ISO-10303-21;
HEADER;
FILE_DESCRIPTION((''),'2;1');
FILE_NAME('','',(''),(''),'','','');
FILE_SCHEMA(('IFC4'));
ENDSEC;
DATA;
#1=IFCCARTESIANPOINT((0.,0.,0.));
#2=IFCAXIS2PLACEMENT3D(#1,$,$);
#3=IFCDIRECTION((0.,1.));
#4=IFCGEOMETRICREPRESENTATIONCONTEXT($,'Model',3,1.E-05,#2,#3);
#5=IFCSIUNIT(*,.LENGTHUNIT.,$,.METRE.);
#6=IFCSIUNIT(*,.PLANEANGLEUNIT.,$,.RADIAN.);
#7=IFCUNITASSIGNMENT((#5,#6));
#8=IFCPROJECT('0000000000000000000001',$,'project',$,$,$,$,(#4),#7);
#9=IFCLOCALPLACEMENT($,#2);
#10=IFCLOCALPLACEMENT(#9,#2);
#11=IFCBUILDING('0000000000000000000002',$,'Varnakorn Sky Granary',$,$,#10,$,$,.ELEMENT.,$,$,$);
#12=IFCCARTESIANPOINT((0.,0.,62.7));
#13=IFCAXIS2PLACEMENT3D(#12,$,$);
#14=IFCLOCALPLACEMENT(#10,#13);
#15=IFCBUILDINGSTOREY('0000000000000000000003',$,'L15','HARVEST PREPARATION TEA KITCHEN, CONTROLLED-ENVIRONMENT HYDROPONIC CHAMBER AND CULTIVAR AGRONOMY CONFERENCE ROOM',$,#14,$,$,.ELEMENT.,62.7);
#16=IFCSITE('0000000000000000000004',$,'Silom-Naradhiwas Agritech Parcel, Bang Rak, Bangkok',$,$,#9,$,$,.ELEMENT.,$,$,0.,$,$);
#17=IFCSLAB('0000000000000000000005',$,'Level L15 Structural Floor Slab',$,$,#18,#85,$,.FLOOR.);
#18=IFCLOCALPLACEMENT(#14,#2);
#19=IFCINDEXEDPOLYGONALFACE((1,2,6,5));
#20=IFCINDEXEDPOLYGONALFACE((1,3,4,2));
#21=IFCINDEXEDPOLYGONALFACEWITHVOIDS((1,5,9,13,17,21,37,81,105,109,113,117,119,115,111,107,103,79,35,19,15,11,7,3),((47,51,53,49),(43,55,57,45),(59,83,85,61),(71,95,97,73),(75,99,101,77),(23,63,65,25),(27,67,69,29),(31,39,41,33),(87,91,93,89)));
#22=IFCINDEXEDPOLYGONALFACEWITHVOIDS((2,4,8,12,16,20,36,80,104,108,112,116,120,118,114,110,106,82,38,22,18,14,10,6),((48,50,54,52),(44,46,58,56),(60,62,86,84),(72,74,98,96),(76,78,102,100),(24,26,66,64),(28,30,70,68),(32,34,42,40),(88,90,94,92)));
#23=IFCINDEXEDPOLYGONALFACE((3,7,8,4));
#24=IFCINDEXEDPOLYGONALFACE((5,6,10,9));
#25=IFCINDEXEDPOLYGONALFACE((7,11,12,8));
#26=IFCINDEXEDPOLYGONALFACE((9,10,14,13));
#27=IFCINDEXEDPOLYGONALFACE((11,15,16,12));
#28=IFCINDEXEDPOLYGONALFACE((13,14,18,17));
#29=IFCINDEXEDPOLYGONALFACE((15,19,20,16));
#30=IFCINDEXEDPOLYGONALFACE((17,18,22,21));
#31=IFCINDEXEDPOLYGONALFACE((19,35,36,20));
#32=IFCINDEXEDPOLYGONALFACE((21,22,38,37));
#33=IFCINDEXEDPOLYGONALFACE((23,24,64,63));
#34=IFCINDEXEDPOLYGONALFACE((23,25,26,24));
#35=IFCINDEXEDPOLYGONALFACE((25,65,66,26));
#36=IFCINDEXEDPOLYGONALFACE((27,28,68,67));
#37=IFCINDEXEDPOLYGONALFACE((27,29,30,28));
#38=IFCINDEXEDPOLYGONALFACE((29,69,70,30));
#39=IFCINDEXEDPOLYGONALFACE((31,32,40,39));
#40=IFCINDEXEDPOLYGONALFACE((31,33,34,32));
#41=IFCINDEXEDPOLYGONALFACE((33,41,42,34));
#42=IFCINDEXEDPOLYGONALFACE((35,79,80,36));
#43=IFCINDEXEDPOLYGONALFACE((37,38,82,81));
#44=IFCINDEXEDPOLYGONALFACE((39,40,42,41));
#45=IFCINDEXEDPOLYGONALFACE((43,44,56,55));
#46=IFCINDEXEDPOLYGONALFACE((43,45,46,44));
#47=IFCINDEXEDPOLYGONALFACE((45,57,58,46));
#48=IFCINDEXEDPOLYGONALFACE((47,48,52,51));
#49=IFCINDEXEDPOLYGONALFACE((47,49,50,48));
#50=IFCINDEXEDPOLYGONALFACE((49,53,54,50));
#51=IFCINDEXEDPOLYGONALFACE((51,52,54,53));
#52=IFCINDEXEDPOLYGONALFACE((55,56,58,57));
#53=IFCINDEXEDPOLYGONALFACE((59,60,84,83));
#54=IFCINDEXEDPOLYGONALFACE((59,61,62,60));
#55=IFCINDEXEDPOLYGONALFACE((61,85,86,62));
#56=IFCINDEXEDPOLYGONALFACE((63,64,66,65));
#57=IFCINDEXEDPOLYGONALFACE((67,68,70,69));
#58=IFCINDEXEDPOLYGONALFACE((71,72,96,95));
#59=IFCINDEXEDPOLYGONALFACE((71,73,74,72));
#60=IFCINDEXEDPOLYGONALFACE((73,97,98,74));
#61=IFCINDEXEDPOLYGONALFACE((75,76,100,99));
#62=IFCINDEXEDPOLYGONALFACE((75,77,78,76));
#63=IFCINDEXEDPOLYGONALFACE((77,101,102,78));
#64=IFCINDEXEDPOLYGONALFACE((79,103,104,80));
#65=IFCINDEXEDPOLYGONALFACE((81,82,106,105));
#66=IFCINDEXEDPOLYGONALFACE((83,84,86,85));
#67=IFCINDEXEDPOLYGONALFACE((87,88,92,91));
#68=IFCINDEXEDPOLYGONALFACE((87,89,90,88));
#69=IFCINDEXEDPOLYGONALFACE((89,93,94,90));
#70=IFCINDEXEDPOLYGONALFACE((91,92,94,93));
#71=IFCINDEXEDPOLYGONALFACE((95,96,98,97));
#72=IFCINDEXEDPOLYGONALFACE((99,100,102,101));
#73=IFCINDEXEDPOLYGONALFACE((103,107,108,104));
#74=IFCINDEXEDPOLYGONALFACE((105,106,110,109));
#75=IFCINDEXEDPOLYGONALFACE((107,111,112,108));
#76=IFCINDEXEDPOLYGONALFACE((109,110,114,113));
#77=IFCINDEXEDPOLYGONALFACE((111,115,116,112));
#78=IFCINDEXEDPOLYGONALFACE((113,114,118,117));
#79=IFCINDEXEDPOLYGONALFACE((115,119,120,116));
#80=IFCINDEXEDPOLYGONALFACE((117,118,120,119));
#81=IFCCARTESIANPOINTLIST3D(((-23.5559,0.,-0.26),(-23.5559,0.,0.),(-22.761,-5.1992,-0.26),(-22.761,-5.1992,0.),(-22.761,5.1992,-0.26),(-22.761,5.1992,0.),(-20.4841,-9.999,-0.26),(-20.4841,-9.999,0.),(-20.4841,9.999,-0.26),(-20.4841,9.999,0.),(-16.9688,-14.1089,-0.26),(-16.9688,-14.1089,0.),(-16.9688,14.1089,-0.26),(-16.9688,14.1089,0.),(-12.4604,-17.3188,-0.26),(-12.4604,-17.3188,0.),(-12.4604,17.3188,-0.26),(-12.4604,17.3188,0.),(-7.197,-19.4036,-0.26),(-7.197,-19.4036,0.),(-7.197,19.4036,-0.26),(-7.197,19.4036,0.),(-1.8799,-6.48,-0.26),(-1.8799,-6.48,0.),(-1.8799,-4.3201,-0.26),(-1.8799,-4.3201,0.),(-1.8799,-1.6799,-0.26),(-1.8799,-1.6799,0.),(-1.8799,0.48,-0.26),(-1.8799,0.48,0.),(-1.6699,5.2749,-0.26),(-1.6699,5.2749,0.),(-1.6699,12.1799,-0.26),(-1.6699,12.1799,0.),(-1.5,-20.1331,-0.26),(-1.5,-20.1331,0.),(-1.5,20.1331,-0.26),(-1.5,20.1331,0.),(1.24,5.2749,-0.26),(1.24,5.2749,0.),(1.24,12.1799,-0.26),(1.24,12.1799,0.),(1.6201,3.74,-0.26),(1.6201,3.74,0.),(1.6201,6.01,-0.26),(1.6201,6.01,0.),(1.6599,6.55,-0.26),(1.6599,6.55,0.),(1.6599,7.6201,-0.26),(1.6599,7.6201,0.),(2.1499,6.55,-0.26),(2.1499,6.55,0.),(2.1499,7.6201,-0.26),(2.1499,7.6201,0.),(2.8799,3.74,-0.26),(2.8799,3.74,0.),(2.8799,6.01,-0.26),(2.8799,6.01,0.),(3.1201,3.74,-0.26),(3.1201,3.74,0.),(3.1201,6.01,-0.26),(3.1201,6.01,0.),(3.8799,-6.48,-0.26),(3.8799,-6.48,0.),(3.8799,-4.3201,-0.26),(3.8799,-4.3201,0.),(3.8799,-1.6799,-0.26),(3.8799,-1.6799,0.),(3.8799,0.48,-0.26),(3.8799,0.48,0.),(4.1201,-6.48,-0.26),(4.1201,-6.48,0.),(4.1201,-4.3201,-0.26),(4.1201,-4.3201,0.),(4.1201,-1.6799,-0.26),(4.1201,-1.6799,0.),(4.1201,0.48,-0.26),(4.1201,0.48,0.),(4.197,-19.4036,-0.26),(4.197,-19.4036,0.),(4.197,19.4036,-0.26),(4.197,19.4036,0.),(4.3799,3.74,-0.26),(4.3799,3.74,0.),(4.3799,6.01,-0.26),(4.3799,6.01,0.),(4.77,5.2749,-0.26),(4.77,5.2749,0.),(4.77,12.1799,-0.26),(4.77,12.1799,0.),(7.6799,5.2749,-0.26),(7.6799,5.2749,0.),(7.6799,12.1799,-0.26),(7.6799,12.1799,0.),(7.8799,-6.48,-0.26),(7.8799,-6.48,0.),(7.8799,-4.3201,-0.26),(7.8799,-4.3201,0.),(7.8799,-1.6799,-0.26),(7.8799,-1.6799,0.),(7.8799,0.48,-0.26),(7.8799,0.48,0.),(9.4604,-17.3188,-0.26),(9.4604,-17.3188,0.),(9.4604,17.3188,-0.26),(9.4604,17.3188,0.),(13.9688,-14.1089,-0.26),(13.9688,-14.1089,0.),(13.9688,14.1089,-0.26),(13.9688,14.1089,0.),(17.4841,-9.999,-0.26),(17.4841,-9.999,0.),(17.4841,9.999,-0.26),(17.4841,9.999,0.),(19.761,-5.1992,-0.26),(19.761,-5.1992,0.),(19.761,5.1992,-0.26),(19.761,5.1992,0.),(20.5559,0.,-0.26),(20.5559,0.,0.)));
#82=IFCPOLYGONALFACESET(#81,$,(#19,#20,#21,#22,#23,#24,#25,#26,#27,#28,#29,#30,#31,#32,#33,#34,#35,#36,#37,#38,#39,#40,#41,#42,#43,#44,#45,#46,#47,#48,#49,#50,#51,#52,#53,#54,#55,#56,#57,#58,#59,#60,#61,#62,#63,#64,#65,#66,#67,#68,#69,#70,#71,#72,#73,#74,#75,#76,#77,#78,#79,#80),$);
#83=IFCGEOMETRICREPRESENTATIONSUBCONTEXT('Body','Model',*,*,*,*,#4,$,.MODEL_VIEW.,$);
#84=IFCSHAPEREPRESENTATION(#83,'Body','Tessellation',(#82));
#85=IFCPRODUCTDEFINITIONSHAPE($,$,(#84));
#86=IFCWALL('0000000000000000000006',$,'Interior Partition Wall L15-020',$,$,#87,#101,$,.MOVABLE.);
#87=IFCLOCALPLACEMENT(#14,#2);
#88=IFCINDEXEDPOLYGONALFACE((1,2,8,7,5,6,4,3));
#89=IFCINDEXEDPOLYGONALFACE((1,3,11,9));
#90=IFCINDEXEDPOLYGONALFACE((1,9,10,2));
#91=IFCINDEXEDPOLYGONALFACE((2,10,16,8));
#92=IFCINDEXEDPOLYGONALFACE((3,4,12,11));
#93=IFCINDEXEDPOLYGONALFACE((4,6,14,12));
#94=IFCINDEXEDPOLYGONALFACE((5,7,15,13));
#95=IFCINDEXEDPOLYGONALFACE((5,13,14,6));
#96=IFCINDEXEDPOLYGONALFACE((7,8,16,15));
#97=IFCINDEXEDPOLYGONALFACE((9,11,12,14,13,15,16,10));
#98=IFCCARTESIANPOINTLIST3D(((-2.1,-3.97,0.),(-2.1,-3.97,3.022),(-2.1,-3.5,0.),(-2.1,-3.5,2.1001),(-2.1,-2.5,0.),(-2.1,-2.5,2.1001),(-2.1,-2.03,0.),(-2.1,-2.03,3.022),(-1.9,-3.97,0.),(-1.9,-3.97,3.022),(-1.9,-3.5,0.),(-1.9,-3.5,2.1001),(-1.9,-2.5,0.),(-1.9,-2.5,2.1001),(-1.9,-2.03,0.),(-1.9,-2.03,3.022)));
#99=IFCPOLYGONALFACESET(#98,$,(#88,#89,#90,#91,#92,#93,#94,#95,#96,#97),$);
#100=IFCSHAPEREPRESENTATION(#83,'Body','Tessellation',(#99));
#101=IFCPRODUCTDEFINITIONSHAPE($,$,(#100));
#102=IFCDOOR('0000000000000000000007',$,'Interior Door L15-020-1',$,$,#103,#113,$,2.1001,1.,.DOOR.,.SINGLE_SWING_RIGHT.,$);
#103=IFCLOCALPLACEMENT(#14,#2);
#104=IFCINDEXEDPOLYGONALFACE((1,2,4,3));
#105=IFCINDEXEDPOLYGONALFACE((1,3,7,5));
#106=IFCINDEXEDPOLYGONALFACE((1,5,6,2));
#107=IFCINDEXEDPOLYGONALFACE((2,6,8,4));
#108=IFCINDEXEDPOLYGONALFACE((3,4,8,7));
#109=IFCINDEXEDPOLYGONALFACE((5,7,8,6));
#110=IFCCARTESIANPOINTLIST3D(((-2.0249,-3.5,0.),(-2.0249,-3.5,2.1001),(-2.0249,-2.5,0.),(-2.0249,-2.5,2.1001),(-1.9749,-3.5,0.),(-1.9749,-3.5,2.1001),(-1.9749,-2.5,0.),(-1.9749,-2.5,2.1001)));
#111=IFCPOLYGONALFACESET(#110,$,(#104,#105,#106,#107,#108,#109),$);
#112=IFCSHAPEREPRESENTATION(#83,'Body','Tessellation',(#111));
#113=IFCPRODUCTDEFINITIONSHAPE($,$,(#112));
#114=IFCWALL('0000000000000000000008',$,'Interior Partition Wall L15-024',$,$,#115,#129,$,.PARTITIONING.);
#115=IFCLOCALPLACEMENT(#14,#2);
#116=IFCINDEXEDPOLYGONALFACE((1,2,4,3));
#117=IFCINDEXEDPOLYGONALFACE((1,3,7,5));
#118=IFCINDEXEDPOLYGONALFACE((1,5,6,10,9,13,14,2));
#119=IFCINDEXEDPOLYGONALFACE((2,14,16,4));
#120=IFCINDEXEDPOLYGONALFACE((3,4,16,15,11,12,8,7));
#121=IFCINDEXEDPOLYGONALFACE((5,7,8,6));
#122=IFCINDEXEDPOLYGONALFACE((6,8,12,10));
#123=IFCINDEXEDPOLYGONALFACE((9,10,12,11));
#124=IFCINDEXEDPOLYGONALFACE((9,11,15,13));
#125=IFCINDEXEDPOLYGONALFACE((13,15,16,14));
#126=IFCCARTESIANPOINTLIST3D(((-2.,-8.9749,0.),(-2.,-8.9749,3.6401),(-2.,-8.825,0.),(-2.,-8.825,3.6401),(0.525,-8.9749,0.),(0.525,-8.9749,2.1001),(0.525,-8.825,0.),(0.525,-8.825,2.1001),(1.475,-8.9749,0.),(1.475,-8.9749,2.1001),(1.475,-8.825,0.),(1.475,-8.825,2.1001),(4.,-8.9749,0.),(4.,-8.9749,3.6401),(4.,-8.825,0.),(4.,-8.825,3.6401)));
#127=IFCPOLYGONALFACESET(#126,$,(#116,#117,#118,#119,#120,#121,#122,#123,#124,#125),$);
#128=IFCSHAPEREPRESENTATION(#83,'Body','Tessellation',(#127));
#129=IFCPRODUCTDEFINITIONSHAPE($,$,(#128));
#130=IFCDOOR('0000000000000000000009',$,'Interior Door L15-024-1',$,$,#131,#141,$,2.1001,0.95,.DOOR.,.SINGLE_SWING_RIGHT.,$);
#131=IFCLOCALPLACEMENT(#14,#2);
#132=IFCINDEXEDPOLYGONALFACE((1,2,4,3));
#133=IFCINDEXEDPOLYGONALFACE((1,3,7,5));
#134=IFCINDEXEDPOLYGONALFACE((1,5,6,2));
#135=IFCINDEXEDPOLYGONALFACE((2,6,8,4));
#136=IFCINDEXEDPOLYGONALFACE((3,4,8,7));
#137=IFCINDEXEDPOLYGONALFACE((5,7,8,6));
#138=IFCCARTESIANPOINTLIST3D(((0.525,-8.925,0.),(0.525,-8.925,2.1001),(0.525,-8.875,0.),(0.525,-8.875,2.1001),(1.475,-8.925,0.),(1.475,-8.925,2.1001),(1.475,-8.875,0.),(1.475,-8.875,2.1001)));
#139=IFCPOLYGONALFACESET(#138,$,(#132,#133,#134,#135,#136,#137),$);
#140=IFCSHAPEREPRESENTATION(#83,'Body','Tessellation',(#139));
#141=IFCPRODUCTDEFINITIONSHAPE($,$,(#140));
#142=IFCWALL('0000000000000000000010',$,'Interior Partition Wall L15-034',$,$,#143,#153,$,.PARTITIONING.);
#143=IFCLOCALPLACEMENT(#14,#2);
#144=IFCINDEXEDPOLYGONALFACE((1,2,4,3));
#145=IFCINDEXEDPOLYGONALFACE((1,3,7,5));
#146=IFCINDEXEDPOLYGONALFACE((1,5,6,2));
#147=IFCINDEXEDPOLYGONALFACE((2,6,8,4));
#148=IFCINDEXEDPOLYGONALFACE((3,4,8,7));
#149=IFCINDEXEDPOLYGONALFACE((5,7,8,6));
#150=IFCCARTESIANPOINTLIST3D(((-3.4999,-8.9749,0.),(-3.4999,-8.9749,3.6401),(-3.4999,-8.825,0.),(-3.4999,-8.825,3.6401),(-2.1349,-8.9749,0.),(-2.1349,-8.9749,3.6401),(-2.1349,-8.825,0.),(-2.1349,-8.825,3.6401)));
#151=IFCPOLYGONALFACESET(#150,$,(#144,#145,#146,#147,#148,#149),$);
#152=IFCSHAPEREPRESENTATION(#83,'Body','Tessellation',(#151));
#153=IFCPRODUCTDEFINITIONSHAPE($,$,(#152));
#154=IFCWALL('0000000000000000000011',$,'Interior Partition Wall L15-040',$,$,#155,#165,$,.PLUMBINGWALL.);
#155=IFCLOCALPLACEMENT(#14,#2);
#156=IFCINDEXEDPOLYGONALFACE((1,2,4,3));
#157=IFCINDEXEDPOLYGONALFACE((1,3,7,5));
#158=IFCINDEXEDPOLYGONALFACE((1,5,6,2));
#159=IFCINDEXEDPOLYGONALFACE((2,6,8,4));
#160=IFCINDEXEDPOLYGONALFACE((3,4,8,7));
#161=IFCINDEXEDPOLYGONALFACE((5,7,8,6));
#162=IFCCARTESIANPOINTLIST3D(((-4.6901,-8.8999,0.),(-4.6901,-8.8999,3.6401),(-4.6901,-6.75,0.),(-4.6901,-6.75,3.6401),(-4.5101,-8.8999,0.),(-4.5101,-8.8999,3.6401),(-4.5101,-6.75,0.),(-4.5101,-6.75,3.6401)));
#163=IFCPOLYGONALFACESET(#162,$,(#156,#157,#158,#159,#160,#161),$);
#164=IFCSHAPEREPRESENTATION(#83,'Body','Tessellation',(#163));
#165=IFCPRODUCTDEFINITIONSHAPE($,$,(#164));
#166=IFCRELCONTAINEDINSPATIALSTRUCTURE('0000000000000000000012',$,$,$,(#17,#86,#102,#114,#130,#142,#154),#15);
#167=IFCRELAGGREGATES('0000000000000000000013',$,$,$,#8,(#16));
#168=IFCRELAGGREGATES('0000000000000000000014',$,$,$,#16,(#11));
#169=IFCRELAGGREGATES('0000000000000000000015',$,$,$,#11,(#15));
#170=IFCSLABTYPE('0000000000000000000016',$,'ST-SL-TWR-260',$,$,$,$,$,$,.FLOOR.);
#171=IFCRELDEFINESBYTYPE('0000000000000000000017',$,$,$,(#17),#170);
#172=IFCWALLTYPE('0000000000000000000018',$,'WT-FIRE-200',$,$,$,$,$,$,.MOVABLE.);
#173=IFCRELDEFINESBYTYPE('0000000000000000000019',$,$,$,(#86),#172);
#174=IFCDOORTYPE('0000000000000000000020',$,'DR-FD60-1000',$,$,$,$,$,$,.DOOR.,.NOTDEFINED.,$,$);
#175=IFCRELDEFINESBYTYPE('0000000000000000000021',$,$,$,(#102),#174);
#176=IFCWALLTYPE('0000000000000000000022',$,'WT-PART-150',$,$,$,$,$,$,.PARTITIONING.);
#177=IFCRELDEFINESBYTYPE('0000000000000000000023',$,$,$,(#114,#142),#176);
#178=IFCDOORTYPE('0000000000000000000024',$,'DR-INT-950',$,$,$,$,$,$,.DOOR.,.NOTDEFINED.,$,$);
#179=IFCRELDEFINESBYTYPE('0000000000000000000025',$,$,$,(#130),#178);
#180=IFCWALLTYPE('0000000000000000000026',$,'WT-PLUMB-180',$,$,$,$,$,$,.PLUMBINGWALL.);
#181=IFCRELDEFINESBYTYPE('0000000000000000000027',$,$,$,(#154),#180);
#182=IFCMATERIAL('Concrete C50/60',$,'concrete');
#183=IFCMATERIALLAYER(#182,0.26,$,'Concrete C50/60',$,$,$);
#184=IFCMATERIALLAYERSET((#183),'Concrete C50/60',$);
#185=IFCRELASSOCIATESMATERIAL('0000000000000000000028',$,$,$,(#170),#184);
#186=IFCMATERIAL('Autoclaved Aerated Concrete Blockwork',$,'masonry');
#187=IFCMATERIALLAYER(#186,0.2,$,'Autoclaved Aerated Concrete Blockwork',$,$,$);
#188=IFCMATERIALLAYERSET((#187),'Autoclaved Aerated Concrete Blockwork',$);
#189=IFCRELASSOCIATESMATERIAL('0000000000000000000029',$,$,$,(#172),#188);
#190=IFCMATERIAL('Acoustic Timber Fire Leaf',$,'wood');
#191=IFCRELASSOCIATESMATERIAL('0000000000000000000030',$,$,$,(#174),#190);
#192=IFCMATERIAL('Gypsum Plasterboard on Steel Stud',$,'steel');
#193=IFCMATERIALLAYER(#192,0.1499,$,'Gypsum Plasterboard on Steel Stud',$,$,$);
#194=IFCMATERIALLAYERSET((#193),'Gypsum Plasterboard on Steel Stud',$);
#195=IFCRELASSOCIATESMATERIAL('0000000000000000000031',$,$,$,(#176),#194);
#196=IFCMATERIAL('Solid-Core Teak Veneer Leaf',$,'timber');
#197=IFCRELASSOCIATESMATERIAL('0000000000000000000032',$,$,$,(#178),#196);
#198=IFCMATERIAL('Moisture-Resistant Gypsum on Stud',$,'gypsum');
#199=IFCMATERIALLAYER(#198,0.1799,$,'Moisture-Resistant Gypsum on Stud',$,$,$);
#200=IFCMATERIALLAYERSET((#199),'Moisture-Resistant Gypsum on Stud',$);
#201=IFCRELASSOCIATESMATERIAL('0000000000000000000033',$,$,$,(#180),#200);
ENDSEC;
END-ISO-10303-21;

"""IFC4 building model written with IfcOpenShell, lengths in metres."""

from ifc_helpers import new_model, si_unit, direction, frame, frame_2d, origin, place, context, subcontext, project, spatial, polyline, rectangle, outline, extrude, material, layer, layer_set, type_object, element, fill, save


model = new_model("IFC4")

# Units and contexts
model_context = context("Model", 3, precision=1e-05, world=origin(), true_north=direction((0.0, 1.0)))
body_context = subcontext(model_context, "Body", "Model", "MODEL_VIEW")
ifc_project = project(units=[si_unit("LENGTHUNIT", "METRE"), si_unit("PLANEANGLEUNIT", "RADIAN")], contexts=[model_context])

# Site, building, storey
site_placement = place(None, origin())
site = spatial("IfcSite", under=ifc_project, at=site_placement, Name="Silom-Naradhiwas Agritech Parcel, Bang Rak, Bangkok", CompositionType="ELEMENT", RefElevation=0.0)
building_placement = place(site_placement, origin())
building = spatial("IfcBuilding", under=site, at=building_placement, Name="Varnakorn Sky Granary", CompositionType="ELEMENT")
storey_placement = place(building_placement, frame((0.0, 0.0, 62.7)))
storey = spatial("IfcBuildingStorey", under=building, at=storey_placement, Name="L15", Description="HARVEST PREPARATION TEA KITCHEN, CONTROLLED-ENVIRONMENT HYDROPONIC CHAMBER AND CULTIVAR AGRONOMY CONFERENCE ROOM", CompositionType="ELEMENT", Elevation=62.7)

# Slab
ifc_material_1 = material(Name="Concrete C50/60", Category="concrete")
ifc_layer_1 = layer(ifc_material_1, 0.26, Name="Concrete C50/60")
ifc_layer_set_1 = layer_set([ifc_layer_1], Name="Concrete C50/60")
slab_type_1 = type_object("IfcSlabType", Name="ST-SL-TWR-260", PredefinedType="FLOOR", material=ifc_layer_set_1)
slab_1_placement = place(storey_placement, frame((0.0, 0.0, -0.26)))
element("IfcSlab", 1, at=slab_1_placement, inside=storey, type_object=slab_type_1, Name="Level L15 Structural Floor Slab", PredefinedType="FLOOR", context=body_context, shape_type="SweptSolid", body=[
    extrude(outline(polyline([(20.5559, 0.0), (19.761, 5.1992), (17.4841, 9.999), (13.9688, 14.1089), (9.4604, 17.3188), (4.197, 19.4036), (-1.5, 20.1331), (-7.197, 19.4036), (-12.4604, 17.3188), (-16.9688, 14.1089), (-20.4841, 9.999), (-22.761, 5.1992), (-23.5559, 0.0), (-22.761, -5.1992), (-20.4841, -9.999), (-16.9688, -14.1089), (-12.4604, -17.3188), (-7.197, -19.4036), (-1.5, -20.1331), (4.197, -19.4036), (9.4604, -17.3188), (13.9688, -14.1089), (17.4841, -9.999), (19.761, -5.1992), (20.5559, 0.0)]), holes=[polyline([(1.24, 5.2749), (1.24, 12.1799), (-1.6699, 12.1799), (-1.6699, 5.2749), (1.24, 5.2749)]), polyline([(7.6799, 5.2749), (7.6799, 12.1799), (4.77, 12.1799), (4.77, 5.2749), (7.6799, 5.2749)]), polyline([(1.6599, 6.55), (2.1499, 6.55), (2.1499, 7.6201), (1.6599, 7.6201), (1.6599, 6.55)]), polyline([(1.6201, 3.74), (2.8799, 3.74), (2.8799, 6.01), (1.6201, 6.01), (1.6201, 3.74)]), polyline([(3.1201, 3.74), (4.3799, 3.74), (4.3799, 6.01), (3.1201, 6.01), (3.1201, 3.74)]), polyline([(-1.8799, -1.6799), (3.8799, -1.6799), (3.8799, 0.48), (-1.8799, 0.48), (-1.8799, -1.6799)]), polyline([(4.1201, -1.6799), (7.8799, -1.6799), (7.8799, 0.48), (4.1201, 0.48), (4.1201, -1.6799)]), polyline([(-1.8799, -6.48), (3.8799, -6.48), (3.8799, -4.3201), (-1.8799, -4.3201), (-1.8799, -6.48)]), polyline([(4.1201, -6.48), (7.8799, -6.48), (7.8799, -4.3201), (4.1201, -4.3201), (4.1201, -6.48)])]), origin(), (0.0, 0.0, 1.0), 0.26),
])

# Walls, openings, doors
ifc_material_2 = material(Name="Autoclaved Aerated Concrete Blockwork", Category="masonry")
ifc_layer_2 = layer(ifc_material_2, 0.2, Name="Autoclaved Aerated Concrete Blockwork")
ifc_layer_set_2 = layer_set([ifc_layer_2], Name="Autoclaved Aerated Concrete Blockwork")
wall_type_1 = type_object("IfcWallType", Name="WT-FIRE-200", PredefinedType="MOVABLE", material=ifc_layer_set_2)
wall_1_placement = place(storey_placement, frame((-2.0, -3.97, 0.0), z_axis=(0.0, 0.0, 1.0), x_axis=(0.0, 1.0, 0.0)))
wall_1 = element("IfcWall", 2, at=wall_1_placement, inside=storey, type_object=wall_type_1, Name="Interior Partition Wall L15-020", PredefinedType="MOVABLE", context=body_context, shape_type="SweptSolid", body=[
    extrude(rectangle(XDim=1.9399, YDim=0.2, at=frame_2d((0.97, 0.0))), origin(), (0.0, 0.0, 1.0), 3.022),
])
opening_1_placement = place(wall_1_placement, frame((0.47, 0.0, 0.0)))
opening_1 = element("IfcOpeningElement", 3, at=opening_1_placement, cuts=wall_1, PredefinedType="OPENING", context=body_context, shape_type="SweptSolid", body=[
    extrude(rectangle(XDim=1.0, YDim=2.1001, at=frame_2d((0.5, 1.05))), frame((0.0, 0.1099, 0.0), z_axis=(0.0, -1.0, 0.0), x_axis=(1.0, 0.0, 0.0)), (0.0, 0.0, 1.0), 0.22),
])
ifc_material_3 = material(Name="Acoustic Timber Fire Leaf", Category="wood")
door_type_1 = type_object("IfcDoorType", Name="DR-FD60-1000", OperationType="NOTDEFINED", PredefinedType="DOOR", material=ifc_material_3)
door_1_placement = place(opening_1_placement, origin())
door_1 = element("IfcDoor", 4, at=door_1_placement, inside=storey, type_object=door_type_1, Name="Interior Door L15-020-1", OperationType="SINGLE_SWING_RIGHT", OverallHeight=2.1001, OverallWidth=1.0, PredefinedType="DOOR", context=body_context, shape_type="SweptSolid", body=[
    extrude(rectangle(XDim=1.0, YDim=2.1001, at=frame_2d((0.5, 1.05))), frame((0.0, 0.0249, 0.0), z_axis=(0.0, -1.0, 0.0), x_axis=(1.0, 0.0, 0.0)), (0.0, 0.0, 1.0), 0.05),
])
fill(opening_1, door_1)
ifc_material_4 = material(Name="Gypsum Plasterboard on Steel Stud", Category="steel")
ifc_layer_3 = layer(ifc_material_4, 0.1499, Name="Gypsum Plasterboard on Steel Stud")
ifc_layer_set_3 = layer_set([ifc_layer_3], Name="Gypsum Plasterboard on Steel Stud")
wall_type_2 = type_object("IfcWallType", Name="WT-PART-150", PredefinedType="PARTITIONING", material=ifc_layer_set_3)
wall_2_placement = place(storey_placement, frame((-2.0, -8.8999, 0.0), z_axis=(0.0, 0.0, 1.0), x_axis=(1.0, 0.0, 0.0)))
wall_2 = element("IfcWall", 5, at=wall_2_placement, inside=storey, type_object=wall_type_2, Name="Interior Partition Wall L15-024", PredefinedType="PARTITIONING", context=body_context, shape_type="SweptSolid", body=[
    extrude(rectangle(XDim=6.0, YDim=0.1499, at=frame_2d((3.0, 0.0))), origin(), (0.0, 0.0, 1.0), 3.6401),
])
opening_2_placement = place(wall_2_placement, frame((2.5249, 0.0, 0.0)))
opening_2 = element("IfcOpeningElement", 6, at=opening_2_placement, cuts=wall_2, PredefinedType="OPENING", context=body_context, shape_type="SweptSolid", body=[
    extrude(rectangle(XDim=0.95, YDim=2.1001, at=frame_2d((0.4751, 1.05))), frame((0.0, 0.085, 0.0), z_axis=(0.0, -1.0, 0.0), x_axis=(1.0, 0.0, 0.0)), (0.0, 0.0, 1.0), 0.1699),
])
ifc_material_5 = material(Name="Solid-Core Teak Veneer Leaf", Category="timber")
door_type_2 = type_object("IfcDoorType", Name="DR-INT-950", OperationType="NOTDEFINED", PredefinedType="DOOR", material=ifc_material_5)
door_2_placement = place(opening_2_placement, origin())
door_2 = element("IfcDoor", 7, at=door_2_placement, inside=storey, type_object=door_type_2, Name="Interior Door L15-024-1", OperationType="SINGLE_SWING_RIGHT", OverallHeight=2.1001, OverallWidth=0.95, PredefinedType="DOOR", context=body_context, shape_type="SweptSolid", body=[
    extrude(rectangle(XDim=0.95, YDim=2.1001, at=frame_2d((0.4751, 1.05))), frame((0.0, 0.0249, 0.0), z_axis=(0.0, -1.0, 0.0), x_axis=(1.0, 0.0, 0.0)), (0.0, 0.0, 1.0), 0.05),
])
fill(opening_2, door_2)

# Walls
wall_3_placement = place(storey_placement, frame((-3.5, -8.8999, 0.0), z_axis=(0.0, 0.0, 1.0), x_axis=(1.0, 0.0, 0.0)))
element("IfcWall", 8, at=wall_3_placement, inside=storey, type_object=wall_type_2, Name="Interior Partition Wall L15-034", PredefinedType="PARTITIONING", context=body_context, shape_type="SweptSolid", body=[
    extrude(rectangle(XDim=1.365, YDim=0.1499, at=frame_2d((0.6826, 0.0))), origin(), (0.0, 0.0, 1.0), 3.6401),
])
ifc_material_6 = material(Name="Moisture-Resistant Gypsum on Stud", Category="gypsum")
ifc_layer_4 = layer(ifc_material_6, 0.1799, Name="Moisture-Resistant Gypsum on Stud")
ifc_layer_set_4 = layer_set([ifc_layer_4], Name="Moisture-Resistant Gypsum on Stud")
wall_type_3 = type_object("IfcWallType", Name="WT-PLUMB-180", PredefinedType="PLUMBINGWALL", material=ifc_layer_set_4)
wall_4_placement = place(storey_placement, frame((-4.6001, -6.75, 0.0), z_axis=(0.0, 0.0, 1.0), x_axis=(0.0, -1.0, 0.0)))
element("IfcWall", 9, at=wall_4_placement, inside=storey, type_object=wall_type_3, Name="Interior Partition Wall L15-040", PredefinedType="PLUMBINGWALL", context=body_context, shape_type="SweptSolid", body=[
    extrude(rectangle(XDim=2.1499, YDim=0.1799, at=frame_2d((1.075, 0.0))), origin(), (0.0, 0.0, 1.0), 3.6401),
])

save(model, "model.ifc")
